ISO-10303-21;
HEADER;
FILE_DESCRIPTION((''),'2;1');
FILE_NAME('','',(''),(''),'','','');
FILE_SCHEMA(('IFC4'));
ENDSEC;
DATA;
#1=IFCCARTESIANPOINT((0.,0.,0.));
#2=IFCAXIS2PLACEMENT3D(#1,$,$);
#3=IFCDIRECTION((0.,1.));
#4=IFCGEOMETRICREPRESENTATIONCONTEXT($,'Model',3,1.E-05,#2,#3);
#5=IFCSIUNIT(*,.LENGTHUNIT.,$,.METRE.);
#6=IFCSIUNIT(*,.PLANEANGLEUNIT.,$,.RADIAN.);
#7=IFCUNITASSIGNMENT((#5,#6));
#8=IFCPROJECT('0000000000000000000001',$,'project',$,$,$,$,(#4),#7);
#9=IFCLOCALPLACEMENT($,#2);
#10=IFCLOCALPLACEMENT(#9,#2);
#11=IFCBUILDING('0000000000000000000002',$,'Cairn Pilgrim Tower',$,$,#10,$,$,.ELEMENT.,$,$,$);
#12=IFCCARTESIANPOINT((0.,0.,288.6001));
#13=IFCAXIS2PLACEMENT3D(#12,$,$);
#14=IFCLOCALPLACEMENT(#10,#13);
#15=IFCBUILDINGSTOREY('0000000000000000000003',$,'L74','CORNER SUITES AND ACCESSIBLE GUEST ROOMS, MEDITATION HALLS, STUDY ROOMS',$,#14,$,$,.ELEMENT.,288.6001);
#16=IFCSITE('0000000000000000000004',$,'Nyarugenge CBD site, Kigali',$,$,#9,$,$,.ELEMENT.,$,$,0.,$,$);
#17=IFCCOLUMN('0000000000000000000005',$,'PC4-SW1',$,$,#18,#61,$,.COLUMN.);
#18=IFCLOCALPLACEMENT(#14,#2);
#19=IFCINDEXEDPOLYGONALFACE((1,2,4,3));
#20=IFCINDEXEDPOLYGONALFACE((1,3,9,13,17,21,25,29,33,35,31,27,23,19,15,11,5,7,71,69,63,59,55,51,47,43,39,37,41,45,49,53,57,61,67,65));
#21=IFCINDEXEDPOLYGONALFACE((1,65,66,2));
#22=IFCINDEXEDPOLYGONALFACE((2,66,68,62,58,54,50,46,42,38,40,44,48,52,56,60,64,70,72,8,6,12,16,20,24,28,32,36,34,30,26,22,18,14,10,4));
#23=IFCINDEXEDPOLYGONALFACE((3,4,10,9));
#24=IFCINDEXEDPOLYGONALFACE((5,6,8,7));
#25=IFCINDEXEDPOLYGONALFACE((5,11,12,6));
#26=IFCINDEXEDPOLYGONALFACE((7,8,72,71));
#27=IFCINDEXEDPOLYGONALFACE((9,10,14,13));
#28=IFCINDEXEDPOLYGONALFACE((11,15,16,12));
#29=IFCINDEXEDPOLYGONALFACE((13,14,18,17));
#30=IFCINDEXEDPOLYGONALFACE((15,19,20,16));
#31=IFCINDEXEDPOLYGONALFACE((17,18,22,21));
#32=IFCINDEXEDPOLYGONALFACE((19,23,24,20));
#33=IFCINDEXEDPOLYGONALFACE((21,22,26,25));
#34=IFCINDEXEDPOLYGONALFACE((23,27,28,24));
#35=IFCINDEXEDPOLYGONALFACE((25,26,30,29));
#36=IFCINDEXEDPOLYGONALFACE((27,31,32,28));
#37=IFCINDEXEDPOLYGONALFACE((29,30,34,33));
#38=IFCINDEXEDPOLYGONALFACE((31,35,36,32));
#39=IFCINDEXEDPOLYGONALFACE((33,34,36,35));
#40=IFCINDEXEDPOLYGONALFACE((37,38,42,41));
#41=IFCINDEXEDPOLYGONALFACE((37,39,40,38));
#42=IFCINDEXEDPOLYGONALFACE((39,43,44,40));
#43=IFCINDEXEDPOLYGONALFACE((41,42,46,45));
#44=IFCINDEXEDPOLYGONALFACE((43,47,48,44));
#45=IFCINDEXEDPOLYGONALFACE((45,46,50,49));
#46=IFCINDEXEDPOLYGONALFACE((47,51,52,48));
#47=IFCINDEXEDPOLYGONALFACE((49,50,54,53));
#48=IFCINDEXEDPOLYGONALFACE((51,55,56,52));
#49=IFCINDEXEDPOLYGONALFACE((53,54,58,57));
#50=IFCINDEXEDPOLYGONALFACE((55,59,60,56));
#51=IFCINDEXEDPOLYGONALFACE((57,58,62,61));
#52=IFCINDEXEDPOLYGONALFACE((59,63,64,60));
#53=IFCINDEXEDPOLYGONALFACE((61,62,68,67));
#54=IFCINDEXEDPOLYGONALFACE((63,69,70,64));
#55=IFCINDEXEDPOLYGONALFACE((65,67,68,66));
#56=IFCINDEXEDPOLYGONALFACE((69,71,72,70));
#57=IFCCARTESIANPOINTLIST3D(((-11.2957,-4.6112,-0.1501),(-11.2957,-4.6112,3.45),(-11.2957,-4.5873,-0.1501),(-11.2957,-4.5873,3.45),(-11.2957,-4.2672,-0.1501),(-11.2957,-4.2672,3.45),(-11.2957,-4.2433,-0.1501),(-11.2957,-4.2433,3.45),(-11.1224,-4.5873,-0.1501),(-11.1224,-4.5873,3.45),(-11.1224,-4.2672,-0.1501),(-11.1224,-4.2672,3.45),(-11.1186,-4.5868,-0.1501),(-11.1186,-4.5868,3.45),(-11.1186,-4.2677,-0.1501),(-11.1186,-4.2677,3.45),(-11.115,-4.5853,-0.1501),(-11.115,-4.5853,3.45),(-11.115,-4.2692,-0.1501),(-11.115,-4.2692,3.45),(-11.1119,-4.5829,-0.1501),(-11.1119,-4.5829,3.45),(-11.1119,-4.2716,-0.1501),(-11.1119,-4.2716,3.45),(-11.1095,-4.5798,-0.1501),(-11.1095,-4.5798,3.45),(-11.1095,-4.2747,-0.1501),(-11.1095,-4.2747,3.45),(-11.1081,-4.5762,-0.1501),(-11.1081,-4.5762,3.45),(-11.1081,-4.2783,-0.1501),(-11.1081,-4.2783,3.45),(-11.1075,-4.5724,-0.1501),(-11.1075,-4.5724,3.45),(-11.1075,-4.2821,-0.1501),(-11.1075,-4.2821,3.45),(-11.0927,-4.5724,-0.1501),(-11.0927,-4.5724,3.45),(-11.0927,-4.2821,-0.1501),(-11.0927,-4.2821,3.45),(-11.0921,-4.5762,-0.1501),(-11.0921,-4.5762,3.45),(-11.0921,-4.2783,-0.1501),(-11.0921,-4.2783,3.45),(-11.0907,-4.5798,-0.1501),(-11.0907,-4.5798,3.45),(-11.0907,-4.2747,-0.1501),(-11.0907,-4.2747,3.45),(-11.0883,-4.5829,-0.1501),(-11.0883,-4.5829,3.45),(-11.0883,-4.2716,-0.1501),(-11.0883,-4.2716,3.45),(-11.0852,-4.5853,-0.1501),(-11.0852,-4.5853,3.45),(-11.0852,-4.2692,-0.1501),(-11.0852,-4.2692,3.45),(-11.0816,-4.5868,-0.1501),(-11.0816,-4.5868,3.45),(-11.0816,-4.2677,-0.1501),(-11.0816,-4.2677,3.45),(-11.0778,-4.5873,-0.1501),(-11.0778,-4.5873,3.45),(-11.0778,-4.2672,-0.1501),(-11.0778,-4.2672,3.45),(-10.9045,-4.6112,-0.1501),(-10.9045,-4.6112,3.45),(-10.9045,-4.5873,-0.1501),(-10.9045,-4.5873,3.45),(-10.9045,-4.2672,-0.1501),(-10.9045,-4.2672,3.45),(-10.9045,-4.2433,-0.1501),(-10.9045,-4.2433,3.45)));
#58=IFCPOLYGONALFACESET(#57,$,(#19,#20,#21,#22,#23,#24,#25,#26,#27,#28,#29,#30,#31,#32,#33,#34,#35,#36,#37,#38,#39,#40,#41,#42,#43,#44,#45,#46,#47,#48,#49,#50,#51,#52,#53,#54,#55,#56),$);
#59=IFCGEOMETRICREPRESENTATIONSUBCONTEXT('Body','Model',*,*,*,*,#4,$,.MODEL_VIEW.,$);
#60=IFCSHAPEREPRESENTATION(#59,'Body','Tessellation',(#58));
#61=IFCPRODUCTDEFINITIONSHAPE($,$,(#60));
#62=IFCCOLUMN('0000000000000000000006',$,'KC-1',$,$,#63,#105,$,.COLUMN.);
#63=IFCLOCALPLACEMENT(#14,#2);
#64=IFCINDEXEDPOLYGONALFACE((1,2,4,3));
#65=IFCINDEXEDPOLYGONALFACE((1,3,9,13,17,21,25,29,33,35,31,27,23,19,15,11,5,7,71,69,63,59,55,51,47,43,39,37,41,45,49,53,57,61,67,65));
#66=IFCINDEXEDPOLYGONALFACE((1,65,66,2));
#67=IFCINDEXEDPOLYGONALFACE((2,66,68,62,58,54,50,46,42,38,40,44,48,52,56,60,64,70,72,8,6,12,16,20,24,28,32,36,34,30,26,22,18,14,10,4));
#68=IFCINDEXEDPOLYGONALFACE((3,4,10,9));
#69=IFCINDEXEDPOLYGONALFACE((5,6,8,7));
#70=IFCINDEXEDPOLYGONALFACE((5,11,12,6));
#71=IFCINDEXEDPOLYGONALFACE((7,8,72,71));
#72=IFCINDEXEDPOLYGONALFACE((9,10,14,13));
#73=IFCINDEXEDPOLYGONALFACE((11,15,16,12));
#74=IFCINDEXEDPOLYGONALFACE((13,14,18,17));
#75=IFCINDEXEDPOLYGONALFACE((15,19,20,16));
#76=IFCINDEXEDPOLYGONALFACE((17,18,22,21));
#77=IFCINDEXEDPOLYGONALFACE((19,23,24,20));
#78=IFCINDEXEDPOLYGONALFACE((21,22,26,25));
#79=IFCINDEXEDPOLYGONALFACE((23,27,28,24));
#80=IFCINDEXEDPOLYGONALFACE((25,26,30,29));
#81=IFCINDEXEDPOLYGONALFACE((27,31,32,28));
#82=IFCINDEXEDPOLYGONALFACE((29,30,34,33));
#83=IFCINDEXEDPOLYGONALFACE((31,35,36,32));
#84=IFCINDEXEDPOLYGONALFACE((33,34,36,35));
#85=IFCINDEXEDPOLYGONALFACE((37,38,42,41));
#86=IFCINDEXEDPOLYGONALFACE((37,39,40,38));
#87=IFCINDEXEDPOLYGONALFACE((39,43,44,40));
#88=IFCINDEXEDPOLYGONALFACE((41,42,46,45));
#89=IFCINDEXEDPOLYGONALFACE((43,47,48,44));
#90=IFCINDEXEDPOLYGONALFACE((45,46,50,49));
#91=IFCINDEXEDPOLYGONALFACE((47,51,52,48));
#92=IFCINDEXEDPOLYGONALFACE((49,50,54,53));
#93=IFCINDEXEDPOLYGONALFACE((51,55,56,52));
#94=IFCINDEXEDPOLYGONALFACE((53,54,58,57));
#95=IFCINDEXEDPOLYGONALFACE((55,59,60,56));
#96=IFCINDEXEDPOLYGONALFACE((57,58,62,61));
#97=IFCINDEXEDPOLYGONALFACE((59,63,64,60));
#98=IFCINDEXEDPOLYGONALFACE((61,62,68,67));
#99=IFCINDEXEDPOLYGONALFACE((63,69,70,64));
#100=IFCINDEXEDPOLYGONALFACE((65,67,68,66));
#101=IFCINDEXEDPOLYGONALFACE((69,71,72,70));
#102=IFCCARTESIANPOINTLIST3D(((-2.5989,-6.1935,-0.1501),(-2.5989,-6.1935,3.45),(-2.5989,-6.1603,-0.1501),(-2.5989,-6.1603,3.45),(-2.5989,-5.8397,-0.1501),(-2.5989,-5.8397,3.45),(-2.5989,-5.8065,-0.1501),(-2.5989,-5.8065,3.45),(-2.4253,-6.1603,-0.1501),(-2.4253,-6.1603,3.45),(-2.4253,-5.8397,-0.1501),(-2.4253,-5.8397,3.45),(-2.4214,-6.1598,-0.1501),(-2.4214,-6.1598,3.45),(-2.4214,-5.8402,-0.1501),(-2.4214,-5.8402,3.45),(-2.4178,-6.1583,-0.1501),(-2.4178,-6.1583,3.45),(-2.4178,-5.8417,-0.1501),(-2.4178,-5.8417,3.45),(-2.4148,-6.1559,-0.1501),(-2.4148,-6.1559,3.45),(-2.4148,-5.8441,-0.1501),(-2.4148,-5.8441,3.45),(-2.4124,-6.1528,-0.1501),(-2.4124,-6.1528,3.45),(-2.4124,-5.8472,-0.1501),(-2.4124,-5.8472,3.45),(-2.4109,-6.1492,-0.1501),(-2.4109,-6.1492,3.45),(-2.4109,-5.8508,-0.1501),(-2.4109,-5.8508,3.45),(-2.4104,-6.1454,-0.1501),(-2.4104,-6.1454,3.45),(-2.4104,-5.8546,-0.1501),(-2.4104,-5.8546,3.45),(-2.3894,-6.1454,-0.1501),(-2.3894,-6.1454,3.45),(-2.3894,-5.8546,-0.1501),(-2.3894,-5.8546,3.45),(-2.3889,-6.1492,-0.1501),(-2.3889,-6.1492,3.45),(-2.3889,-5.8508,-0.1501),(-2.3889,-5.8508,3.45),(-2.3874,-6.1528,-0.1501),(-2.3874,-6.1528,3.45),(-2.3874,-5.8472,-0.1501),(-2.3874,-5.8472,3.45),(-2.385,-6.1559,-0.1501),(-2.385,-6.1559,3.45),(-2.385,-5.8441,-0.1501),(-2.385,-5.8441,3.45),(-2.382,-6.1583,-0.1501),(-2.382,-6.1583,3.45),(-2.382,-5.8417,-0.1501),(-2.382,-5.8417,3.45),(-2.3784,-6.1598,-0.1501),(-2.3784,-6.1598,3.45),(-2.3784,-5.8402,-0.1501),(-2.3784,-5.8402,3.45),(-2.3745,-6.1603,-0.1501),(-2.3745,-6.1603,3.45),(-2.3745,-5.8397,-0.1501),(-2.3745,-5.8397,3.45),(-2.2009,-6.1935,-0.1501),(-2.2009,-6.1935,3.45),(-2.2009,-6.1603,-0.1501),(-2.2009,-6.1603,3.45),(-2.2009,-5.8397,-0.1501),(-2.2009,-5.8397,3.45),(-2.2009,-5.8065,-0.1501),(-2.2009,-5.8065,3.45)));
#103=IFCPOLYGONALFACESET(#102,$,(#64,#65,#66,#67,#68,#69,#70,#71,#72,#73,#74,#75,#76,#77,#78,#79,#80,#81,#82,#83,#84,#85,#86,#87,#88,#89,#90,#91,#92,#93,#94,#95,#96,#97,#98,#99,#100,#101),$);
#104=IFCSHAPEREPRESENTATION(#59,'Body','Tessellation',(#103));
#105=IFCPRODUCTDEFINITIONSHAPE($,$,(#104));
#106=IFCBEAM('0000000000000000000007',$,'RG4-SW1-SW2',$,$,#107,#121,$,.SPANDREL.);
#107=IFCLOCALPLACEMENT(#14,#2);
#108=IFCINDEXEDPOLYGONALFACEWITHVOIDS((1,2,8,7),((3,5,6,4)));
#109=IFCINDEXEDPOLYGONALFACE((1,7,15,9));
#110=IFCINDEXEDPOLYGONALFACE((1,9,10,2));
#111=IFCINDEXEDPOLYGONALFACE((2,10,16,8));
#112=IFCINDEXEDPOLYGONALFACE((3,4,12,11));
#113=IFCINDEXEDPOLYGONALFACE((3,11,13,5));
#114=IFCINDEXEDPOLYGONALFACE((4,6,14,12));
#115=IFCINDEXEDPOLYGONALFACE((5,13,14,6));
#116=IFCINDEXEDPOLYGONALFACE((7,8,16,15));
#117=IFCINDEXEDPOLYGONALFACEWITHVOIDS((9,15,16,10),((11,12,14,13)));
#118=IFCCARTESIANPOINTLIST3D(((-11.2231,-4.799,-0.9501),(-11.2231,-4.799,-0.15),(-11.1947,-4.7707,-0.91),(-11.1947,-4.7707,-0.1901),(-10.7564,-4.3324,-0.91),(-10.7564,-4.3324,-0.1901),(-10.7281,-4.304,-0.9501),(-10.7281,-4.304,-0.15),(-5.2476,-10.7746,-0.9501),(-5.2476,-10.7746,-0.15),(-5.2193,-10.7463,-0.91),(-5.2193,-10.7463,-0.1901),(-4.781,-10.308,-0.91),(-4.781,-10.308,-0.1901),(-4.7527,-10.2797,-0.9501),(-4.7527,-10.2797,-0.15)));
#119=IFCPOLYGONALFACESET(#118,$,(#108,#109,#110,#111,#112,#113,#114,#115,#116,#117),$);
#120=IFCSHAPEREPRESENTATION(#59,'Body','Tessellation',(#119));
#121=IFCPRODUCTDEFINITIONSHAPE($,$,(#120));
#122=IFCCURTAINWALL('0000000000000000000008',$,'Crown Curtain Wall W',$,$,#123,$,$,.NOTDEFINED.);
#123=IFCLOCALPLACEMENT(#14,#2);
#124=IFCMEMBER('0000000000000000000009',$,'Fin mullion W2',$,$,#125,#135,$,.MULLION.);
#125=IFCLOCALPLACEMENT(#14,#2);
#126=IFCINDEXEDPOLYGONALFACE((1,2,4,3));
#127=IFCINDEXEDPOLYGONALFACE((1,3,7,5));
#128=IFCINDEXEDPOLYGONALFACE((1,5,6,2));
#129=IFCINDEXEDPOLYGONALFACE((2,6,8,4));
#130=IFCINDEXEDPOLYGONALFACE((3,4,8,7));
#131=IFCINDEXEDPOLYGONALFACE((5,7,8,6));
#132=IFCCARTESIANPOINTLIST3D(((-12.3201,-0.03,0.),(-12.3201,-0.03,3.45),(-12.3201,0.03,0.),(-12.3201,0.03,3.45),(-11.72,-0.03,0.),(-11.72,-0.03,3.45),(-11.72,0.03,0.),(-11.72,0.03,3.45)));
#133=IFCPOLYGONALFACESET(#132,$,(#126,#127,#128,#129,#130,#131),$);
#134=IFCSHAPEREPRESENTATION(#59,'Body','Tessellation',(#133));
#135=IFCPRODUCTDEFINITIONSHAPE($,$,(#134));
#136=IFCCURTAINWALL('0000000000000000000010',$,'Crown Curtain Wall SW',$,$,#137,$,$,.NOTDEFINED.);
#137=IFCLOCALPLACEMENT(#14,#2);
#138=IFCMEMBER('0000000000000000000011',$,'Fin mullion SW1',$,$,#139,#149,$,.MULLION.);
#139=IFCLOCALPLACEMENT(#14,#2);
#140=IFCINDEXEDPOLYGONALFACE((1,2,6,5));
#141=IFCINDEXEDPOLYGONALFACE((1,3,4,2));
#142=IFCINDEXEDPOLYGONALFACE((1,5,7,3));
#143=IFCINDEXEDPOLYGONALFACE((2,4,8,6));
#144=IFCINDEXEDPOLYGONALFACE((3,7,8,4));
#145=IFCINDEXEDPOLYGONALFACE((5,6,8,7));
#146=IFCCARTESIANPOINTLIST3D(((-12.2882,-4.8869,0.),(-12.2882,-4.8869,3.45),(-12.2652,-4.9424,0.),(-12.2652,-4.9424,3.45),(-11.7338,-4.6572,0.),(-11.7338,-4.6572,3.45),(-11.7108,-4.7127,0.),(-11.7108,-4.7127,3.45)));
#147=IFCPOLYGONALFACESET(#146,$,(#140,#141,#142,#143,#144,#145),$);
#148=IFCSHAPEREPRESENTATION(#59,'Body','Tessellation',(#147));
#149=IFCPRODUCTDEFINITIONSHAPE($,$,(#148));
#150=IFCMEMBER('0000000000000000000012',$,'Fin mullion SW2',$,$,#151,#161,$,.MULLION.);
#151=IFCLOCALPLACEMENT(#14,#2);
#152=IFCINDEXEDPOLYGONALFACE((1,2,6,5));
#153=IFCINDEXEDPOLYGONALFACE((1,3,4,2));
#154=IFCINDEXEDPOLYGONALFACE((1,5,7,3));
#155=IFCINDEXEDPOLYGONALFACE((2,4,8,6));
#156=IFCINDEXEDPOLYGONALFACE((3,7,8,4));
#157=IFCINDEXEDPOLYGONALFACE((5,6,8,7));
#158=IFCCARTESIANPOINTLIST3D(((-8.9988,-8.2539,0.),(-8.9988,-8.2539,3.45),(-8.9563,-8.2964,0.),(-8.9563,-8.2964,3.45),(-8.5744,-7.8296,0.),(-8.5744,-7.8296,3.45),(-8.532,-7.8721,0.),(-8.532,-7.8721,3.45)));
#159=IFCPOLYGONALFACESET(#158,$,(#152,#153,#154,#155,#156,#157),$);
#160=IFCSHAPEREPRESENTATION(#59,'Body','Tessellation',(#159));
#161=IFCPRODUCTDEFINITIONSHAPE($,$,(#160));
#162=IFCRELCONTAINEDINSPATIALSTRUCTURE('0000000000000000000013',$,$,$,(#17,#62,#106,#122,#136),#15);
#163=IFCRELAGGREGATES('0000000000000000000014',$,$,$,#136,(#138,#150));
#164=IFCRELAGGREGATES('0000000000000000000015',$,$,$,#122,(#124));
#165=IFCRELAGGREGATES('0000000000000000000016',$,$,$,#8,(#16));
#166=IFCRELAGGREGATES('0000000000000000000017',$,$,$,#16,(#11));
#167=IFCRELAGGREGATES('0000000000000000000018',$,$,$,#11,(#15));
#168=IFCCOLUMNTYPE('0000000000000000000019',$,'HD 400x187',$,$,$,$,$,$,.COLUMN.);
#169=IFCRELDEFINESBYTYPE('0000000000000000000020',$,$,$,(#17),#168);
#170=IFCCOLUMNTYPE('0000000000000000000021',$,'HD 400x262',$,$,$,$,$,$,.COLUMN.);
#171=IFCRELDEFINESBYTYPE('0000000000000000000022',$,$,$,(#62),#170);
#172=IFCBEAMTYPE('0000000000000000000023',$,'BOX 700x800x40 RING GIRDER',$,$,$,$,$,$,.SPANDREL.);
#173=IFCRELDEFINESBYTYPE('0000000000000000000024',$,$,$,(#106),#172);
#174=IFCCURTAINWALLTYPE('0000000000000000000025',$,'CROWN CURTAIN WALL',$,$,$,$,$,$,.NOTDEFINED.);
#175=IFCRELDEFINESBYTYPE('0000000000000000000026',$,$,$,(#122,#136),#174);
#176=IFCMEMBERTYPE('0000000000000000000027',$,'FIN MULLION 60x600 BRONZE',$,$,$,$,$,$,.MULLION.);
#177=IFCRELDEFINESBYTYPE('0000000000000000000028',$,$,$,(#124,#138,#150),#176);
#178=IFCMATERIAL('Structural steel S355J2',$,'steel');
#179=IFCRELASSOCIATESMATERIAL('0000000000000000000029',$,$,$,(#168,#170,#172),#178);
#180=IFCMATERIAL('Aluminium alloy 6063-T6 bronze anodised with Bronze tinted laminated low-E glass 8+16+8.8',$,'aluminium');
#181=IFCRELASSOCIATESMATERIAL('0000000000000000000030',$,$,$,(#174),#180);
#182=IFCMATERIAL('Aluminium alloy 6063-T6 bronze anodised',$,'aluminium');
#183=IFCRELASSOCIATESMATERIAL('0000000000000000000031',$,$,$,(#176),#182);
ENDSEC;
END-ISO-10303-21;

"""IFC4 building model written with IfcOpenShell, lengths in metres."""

from ifc_helpers import new_model, si_unit, direction, frame, origin, origin_2d, place, context, subcontext, project, spatial, rectangle, hollow_rectangle, i_section, extrude, material, material_profile, profile_set, type_object, element, aggregate, save


model = new_model("IFC4")

# Units and contexts
model_context = context("Model", 3, precision=1e-05, world=origin(), true_north=direction((0.0, 1.0)))
body_context = subcontext(model_context, "Body", "Model", "MODEL_VIEW")
ifc_project = project(units=[si_unit("LENGTHUNIT", "METRE"), si_unit("PLANEANGLEUNIT", "RADIAN")], contexts=[model_context])

# Site, building, storey
site_placement = place(None, origin())
site = spatial("IfcSite", under=ifc_project, at=site_placement, Name="Nyarugenge CBD site, Kigali", CompositionType="ELEMENT", RefElevation=0.0)
building_placement = place(site_placement, origin())
building = spatial("IfcBuilding", under=site, at=building_placement, Name="Cairn Pilgrim Tower", CompositionType="ELEMENT")
storey_placement = place(building_placement, frame((0.0, 0.0, 288.6001)))
storey = spatial("IfcBuildingStorey", under=building, at=storey_placement, Name="L74", Description="CORNER SUITES AND ACCESSIBLE GUEST ROOMS, MEDITATION HALLS, STUDY ROOMS", CompositionType="ELEMENT", Elevation=288.6001)

# Columns
ifc_material_1 = material(Name="Structural steel S355J2", Category="steel")
ifc_material_profile_1 = material_profile(ifc_material_1, i_section(OverallWidth=0.3911, OverallDepth=0.3679, WebThickness=0.0149, FlangeThickness=0.0239, FilletRadius=0.0149, at=origin_2d()), Name="HD 400x187")
ifc_profile_set_1 = profile_set([ifc_material_profile_1], Name="Structural steel S355J2")
column_type_1 = type_object("IfcColumnType", Name="HD 400x187", PredefinedType="COLUMN", material=ifc_profile_set_1)
column_1_placement = place(storey_placement, frame((-11.1001, -4.4272, -0.1501), z_axis=(0.0, 0.0, 1.0), x_axis=(1.0, 0.0, 0.0)))
element("IfcColumn", 1, at=column_1_placement, inside=storey, type_object=column_type_1, Name="PC4-SW1", PredefinedType="COLUMN", context=body_context, shape_type="SweptSolid", body=[
    extrude(i_section(OverallWidth=0.3911, OverallDepth=0.3679, WebThickness=0.0149, FlangeThickness=0.0239, FilletRadius=0.0149, at=origin_2d()), origin(), (0.0, 0.0, 1.0), 3.6001),
])
ifc_material_profile_2 = material_profile(ifc_material_1, i_section(OverallWidth=0.3979, OverallDepth=0.387, WebThickness=0.021, FlangeThickness=0.0332, FilletRadius=0.0149, at=origin_2d()), Name="HD 400x262")
ifc_profile_set_2 = profile_set([ifc_material_profile_2], Name="Structural steel S355J2")
column_type_2 = type_object("IfcColumnType", Name="HD 400x262", PredefinedType="COLUMN", material=ifc_profile_set_2)
column_2_placement = place(storey_placement, frame((-2.3999, -6.0, -0.1501), z_axis=(0.0, 0.0, 1.0), x_axis=(1.0, 0.0, 0.0)))
element("IfcColumn", 2, at=column_2_placement, inside=storey, type_object=column_type_2, Name="KC-1", PredefinedType="COLUMN", context=body_context, shape_type="SweptSolid", body=[
    extrude(i_section(OverallWidth=0.3979, OverallDepth=0.387, WebThickness=0.021, FlangeThickness=0.0332, FilletRadius=0.0149, at=origin_2d()), origin(), (0.0, 0.0, 1.0), 3.6001),
])

# Beam
ifc_material_profile_3 = material_profile(ifc_material_1, hollow_rectangle(XDim=0.7, YDim=0.8, WallThickness=0.04, at=origin_2d()), Name="BOX 700x800x40")
ifc_profile_set_3 = profile_set([ifc_material_profile_3], Name="Structural steel S355J2")
beam_type_1 = type_object("IfcBeamType", Name="BOX 700x800x40 RING GIRDER", PredefinedType="SPANDREL", material=ifc_profile_set_3)
beam_1_placement = place(storey_placement, frame((-10.9756, -4.5515, -0.55), z_axis=(0.707092, -0.707121, 0.0), x_axis=(0.707121, 0.707092, 0.0)))
element("IfcBeam", 3, at=beam_1_placement, inside=storey, type_object=beam_type_1, Name="RG4-SW1-SW2", PredefinedType="SPANDREL", context=body_context, shape_type="SweptSolid", body=[
    extrude(hollow_rectangle(XDim=0.7, YDim=0.8, WallThickness=0.04, at=origin_2d()), origin(), (0.0, 0.0, 1.0), 8.4507),
])

# Curtain wall, member
ifc_material_2 = material(Name="Aluminium alloy 6063-T6 bronze anodised with Bronze tinted laminated low-E glass 8+16+8.8", Category="aluminium")
curtain_wall_type = type_object("IfcCurtainWallType", Name="CROWN CURTAIN WALL", PredefinedType="NOTDEFINED", material=ifc_material_2)
curtain_wall_1_placement = place(storey_placement, origin())
curtain_wall_1 = element("IfcCurtainWall", 4, at=curtain_wall_1_placement, inside=storey, type_object=curtain_wall_type, Name="Crown Curtain Wall W", PredefinedType="NOTDEFINED")
ifc_material_3 = material(Name="Aluminium alloy 6063-T6 bronze anodised", Category="aluminium")
ifc_material_profile_4 = material_profile(ifc_material_3, rectangle(XDim=0.6001, YDim=0.0601, at=origin_2d()), Name="FIN MULLION 60x600 BRONZE")
ifc_profile_set_4 = profile_set([ifc_material_profile_4], Name="Aluminium alloy 6063-T6 bronze anodised")
member_type_1 = type_object("IfcMemberType", Name="FIN MULLION 60x600 BRONZE", PredefinedType="MULLION", material=ifc_profile_set_4)
member_1_placement = place(storey_placement, frame((-12.02, 0.0, 0.0), z_axis=(0.0, 0.0, 1.0), x_axis=(-1.0, 0.0, 0.0)))
member_1 = element("IfcMember", 5, at=member_1_placement, type_object=member_type_1, Name="Fin mullion W2", PredefinedType="MULLION", context=body_context, shape_type="SweptSolid", body=[
    extrude(rectangle(XDim=0.6001, YDim=0.0601, at=origin_2d()), origin(), (0.0, 0.0, 1.0), 3.45),
])

# Curtain wall, members
curtain_wall_2_placement = place(storey_placement, origin())
curtain_wall_2 = element("IfcCurtainWall", 6, at=curtain_wall_2_placement, inside=storey, type_object=curtain_wall_type, Name="Crown Curtain Wall SW", PredefinedType="NOTDEFINED")
member_2_placement = place(storey_placement, frame((-11.9995, -4.7998, 0.0), z_axis=(0.0, 0.0, 1.0), x_axis=(-0.92388, -0.382683, 0.0)))
member_2 = element("IfcMember", 7, at=member_2_placement, type_object=member_type_1, Name="Fin mullion SW1", PredefinedType="MULLION", context=body_context, shape_type="SweptSolid", body=[
    extrude(rectangle(XDim=0.6001, YDim=0.0601, at=origin_2d()), origin(), (0.0, 0.0, 1.0), 3.45),
])
member_3_placement = place(storey_placement, frame((-8.7654, -8.063, 0.0), z_axis=(0.0, 0.0, 1.0), x_axis=(-0.707107, -0.707107, 0.0)))
member_3 = element("IfcMember", 8, at=member_3_placement, type_object=member_type_1, Name="Fin mullion SW2", PredefinedType="MULLION", context=body_context, shape_type="SweptSolid", body=[
    extrude(rectangle(XDim=0.6001, YDim=0.0601, at=origin_2d()), origin(), (0.0, 0.0, 1.0), 3.45),
])

aggregate(curtain_wall_2, [member_2, member_3])
aggregate(curtain_wall_1, [member_1])

save(model, "model.ifc")
